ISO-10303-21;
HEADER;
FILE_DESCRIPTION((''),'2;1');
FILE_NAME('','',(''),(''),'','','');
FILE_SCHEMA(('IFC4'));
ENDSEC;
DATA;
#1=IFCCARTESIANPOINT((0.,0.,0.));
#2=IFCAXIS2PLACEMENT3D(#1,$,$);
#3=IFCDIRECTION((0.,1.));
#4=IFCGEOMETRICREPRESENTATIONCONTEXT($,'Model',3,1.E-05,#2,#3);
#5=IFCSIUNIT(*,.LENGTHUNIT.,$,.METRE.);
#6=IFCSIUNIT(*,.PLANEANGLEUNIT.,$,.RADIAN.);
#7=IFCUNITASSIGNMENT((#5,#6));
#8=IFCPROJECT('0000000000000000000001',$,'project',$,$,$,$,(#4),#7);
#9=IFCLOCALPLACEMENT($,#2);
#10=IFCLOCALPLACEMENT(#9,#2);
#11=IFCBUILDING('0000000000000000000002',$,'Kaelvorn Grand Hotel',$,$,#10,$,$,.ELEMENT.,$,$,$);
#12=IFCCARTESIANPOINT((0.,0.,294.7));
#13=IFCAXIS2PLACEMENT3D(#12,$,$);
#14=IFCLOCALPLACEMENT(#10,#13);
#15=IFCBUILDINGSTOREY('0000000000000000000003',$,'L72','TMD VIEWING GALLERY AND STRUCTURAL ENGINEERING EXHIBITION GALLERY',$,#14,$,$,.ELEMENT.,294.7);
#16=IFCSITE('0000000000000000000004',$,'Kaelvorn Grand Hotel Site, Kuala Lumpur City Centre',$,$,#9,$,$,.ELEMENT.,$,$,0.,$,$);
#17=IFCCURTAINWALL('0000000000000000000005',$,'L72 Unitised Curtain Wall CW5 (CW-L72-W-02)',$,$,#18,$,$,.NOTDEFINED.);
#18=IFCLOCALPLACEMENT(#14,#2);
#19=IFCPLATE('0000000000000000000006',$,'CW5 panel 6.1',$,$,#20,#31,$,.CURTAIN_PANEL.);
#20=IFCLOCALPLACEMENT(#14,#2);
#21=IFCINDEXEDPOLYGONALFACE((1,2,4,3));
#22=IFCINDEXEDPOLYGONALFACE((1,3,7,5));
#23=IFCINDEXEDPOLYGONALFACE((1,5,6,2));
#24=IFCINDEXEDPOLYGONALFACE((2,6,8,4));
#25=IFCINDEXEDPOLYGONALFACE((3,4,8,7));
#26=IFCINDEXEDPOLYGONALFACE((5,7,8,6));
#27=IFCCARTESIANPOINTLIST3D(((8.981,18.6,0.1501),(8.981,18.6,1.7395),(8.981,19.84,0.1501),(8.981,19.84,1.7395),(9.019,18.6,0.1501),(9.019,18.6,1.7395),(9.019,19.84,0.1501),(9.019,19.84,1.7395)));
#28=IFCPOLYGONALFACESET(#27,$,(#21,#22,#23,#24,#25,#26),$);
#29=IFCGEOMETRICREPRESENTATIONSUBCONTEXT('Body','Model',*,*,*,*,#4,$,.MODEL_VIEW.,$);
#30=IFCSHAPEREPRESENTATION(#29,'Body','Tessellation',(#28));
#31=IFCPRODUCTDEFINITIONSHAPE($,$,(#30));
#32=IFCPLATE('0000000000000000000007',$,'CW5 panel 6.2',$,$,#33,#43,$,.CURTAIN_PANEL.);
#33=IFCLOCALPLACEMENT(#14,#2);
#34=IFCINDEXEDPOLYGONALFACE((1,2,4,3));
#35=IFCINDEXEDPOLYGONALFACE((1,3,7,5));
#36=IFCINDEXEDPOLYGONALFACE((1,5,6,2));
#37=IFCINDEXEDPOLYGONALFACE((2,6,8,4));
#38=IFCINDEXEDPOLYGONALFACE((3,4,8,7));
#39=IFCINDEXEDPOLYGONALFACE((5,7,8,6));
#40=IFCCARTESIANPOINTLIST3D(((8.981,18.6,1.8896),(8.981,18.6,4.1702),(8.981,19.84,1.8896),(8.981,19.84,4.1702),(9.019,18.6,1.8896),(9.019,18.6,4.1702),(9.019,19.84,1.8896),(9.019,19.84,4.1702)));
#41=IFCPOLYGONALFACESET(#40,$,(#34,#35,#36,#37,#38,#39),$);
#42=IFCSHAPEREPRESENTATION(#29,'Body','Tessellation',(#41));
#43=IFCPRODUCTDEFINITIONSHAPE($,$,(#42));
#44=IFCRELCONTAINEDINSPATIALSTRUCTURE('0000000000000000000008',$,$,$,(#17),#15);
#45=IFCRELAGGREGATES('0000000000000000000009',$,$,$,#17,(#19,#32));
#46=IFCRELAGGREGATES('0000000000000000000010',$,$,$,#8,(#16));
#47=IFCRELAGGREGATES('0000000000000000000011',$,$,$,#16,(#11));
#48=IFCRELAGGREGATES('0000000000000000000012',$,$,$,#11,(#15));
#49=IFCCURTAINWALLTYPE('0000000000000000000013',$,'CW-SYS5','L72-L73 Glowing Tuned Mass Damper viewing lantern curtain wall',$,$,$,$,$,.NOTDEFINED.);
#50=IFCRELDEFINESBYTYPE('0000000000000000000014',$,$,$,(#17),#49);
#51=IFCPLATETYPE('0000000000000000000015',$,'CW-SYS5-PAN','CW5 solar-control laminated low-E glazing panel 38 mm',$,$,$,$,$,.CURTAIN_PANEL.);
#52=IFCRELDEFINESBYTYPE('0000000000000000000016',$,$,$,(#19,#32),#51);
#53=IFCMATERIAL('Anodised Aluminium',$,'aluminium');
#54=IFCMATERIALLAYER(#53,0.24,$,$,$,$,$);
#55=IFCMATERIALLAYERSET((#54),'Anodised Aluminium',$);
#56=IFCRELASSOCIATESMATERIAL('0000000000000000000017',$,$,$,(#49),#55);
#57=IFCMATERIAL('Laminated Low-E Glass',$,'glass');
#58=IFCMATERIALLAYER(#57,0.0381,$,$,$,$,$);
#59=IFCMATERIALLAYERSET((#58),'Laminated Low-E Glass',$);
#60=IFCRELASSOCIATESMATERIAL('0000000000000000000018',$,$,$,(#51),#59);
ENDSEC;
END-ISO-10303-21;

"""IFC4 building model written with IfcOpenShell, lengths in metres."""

from ifc_helpers import new_model, si_unit, direction, frame, origin, origin_2d, place, context, subcontext, project, spatial, rectangle, extrude, material, layer, layer_set, type_object, element, aggregate, save


model = new_model("IFC4")

# Units and contexts
model_context = context("Model", 3, precision=1e-05, world=origin(), true_north=direction((0.0, 1.0)))
body_context = subcontext(model_context, "Body", "Model", "MODEL_VIEW")
ifc_project = project(units=[si_unit("LENGTHUNIT", "METRE"), si_unit("PLANEANGLEUNIT", "RADIAN")], contexts=[model_context])

# Site, building, storey
site_placement = place(None, origin())
site = spatial("IfcSite", under=ifc_project, at=site_placement, Name="Kaelvorn Grand Hotel Site, Kuala Lumpur City Centre", CompositionType="ELEMENT", RefElevation=0.0)
building_placement = place(site_placement, origin())
building = spatial("IfcBuilding", under=site, at=building_placement, Name="Kaelvorn Grand Hotel", CompositionType="ELEMENT")
storey_placement = place(building_placement, frame((0.0, 0.0, 294.7)))
storey = spatial("IfcBuildingStorey", under=building, at=storey_placement, Name="L72", Description="TMD VIEWING GALLERY AND STRUCTURAL ENGINEERING EXHIBITION GALLERY", CompositionType="ELEMENT", Elevation=294.7)

# Curtain wall, plates
ifc_material_1 = material(Name="Anodised Aluminium", Category="aluminium")
ifc_layer_1 = layer(ifc_material_1, 0.24)
ifc_layer_set_1 = layer_set([ifc_layer_1], Name="Anodised Aluminium")
curtain_wall_type = type_object("IfcCurtainWallType", Name="CW-SYS5", Description="L72-L73 Glowing Tuned Mass Damper viewing lantern curtain wall", PredefinedType="NOTDEFINED", material=ifc_layer_set_1)
curtain_wall_placement = place(storey_placement, origin())
curtain_wall = element("IfcCurtainWall", 1, at=curtain_wall_placement, inside=storey, type_object=curtain_wall_type, Name="L72 Unitised Curtain Wall CW5 (CW-L72-W-02)", PredefinedType="NOTDEFINED")
ifc_material_2 = material(Name="Laminated Low-E Glass", Category="glass")
ifc_layer_2 = layer(ifc_material_2, 0.0381)
ifc_layer_set_2 = layer_set([ifc_layer_2], Name="Laminated Low-E Glass")
plate_type = type_object("IfcPlateType", Name="CW-SYS5-PAN", Description="CW5 solar-control laminated low-E glazing panel 38 mm", PredefinedType="CURTAIN_PANEL", material=ifc_layer_set_2)
plate_1_placement = place(storey_placement, frame((9.0, 19.22, 0.1501), z_axis=(0.0, 0.0, 1.0), x_axis=(0.0, -1.0, 0.0)))
plate_1 = element("IfcPlate", 2, at=plate_1_placement, type_object=plate_type, Name="CW5 panel 6.1", PredefinedType="CURTAIN_PANEL", context=body_context, shape_type="SweptSolid", body=[
    extrude(rectangle(XDim=1.24, YDim=0.0381, at=origin_2d()), origin(), (0.0, 0.0, 1.0), 1.5894),
])
plate_2_placement = place(storey_placement, frame((9.0, 19.22, 1.8896), z_axis=(0.0, 0.0, 1.0), x_axis=(0.0, -1.0, 0.0)))
plate_2 = element("IfcPlate", 3, at=plate_2_placement, type_object=plate_type, Name="CW5 panel 6.2", PredefinedType="CURTAIN_PANEL", context=body_context, shape_type="SweptSolid", body=[
    extrude(rectangle(XDim=1.24, YDim=0.0381, at=origin_2d()), origin(), (0.0, 0.0, 1.0), 2.2805),
])
aggregate(curtain_wall, [plate_1, plate_2])

save(model, "model.ifc")
